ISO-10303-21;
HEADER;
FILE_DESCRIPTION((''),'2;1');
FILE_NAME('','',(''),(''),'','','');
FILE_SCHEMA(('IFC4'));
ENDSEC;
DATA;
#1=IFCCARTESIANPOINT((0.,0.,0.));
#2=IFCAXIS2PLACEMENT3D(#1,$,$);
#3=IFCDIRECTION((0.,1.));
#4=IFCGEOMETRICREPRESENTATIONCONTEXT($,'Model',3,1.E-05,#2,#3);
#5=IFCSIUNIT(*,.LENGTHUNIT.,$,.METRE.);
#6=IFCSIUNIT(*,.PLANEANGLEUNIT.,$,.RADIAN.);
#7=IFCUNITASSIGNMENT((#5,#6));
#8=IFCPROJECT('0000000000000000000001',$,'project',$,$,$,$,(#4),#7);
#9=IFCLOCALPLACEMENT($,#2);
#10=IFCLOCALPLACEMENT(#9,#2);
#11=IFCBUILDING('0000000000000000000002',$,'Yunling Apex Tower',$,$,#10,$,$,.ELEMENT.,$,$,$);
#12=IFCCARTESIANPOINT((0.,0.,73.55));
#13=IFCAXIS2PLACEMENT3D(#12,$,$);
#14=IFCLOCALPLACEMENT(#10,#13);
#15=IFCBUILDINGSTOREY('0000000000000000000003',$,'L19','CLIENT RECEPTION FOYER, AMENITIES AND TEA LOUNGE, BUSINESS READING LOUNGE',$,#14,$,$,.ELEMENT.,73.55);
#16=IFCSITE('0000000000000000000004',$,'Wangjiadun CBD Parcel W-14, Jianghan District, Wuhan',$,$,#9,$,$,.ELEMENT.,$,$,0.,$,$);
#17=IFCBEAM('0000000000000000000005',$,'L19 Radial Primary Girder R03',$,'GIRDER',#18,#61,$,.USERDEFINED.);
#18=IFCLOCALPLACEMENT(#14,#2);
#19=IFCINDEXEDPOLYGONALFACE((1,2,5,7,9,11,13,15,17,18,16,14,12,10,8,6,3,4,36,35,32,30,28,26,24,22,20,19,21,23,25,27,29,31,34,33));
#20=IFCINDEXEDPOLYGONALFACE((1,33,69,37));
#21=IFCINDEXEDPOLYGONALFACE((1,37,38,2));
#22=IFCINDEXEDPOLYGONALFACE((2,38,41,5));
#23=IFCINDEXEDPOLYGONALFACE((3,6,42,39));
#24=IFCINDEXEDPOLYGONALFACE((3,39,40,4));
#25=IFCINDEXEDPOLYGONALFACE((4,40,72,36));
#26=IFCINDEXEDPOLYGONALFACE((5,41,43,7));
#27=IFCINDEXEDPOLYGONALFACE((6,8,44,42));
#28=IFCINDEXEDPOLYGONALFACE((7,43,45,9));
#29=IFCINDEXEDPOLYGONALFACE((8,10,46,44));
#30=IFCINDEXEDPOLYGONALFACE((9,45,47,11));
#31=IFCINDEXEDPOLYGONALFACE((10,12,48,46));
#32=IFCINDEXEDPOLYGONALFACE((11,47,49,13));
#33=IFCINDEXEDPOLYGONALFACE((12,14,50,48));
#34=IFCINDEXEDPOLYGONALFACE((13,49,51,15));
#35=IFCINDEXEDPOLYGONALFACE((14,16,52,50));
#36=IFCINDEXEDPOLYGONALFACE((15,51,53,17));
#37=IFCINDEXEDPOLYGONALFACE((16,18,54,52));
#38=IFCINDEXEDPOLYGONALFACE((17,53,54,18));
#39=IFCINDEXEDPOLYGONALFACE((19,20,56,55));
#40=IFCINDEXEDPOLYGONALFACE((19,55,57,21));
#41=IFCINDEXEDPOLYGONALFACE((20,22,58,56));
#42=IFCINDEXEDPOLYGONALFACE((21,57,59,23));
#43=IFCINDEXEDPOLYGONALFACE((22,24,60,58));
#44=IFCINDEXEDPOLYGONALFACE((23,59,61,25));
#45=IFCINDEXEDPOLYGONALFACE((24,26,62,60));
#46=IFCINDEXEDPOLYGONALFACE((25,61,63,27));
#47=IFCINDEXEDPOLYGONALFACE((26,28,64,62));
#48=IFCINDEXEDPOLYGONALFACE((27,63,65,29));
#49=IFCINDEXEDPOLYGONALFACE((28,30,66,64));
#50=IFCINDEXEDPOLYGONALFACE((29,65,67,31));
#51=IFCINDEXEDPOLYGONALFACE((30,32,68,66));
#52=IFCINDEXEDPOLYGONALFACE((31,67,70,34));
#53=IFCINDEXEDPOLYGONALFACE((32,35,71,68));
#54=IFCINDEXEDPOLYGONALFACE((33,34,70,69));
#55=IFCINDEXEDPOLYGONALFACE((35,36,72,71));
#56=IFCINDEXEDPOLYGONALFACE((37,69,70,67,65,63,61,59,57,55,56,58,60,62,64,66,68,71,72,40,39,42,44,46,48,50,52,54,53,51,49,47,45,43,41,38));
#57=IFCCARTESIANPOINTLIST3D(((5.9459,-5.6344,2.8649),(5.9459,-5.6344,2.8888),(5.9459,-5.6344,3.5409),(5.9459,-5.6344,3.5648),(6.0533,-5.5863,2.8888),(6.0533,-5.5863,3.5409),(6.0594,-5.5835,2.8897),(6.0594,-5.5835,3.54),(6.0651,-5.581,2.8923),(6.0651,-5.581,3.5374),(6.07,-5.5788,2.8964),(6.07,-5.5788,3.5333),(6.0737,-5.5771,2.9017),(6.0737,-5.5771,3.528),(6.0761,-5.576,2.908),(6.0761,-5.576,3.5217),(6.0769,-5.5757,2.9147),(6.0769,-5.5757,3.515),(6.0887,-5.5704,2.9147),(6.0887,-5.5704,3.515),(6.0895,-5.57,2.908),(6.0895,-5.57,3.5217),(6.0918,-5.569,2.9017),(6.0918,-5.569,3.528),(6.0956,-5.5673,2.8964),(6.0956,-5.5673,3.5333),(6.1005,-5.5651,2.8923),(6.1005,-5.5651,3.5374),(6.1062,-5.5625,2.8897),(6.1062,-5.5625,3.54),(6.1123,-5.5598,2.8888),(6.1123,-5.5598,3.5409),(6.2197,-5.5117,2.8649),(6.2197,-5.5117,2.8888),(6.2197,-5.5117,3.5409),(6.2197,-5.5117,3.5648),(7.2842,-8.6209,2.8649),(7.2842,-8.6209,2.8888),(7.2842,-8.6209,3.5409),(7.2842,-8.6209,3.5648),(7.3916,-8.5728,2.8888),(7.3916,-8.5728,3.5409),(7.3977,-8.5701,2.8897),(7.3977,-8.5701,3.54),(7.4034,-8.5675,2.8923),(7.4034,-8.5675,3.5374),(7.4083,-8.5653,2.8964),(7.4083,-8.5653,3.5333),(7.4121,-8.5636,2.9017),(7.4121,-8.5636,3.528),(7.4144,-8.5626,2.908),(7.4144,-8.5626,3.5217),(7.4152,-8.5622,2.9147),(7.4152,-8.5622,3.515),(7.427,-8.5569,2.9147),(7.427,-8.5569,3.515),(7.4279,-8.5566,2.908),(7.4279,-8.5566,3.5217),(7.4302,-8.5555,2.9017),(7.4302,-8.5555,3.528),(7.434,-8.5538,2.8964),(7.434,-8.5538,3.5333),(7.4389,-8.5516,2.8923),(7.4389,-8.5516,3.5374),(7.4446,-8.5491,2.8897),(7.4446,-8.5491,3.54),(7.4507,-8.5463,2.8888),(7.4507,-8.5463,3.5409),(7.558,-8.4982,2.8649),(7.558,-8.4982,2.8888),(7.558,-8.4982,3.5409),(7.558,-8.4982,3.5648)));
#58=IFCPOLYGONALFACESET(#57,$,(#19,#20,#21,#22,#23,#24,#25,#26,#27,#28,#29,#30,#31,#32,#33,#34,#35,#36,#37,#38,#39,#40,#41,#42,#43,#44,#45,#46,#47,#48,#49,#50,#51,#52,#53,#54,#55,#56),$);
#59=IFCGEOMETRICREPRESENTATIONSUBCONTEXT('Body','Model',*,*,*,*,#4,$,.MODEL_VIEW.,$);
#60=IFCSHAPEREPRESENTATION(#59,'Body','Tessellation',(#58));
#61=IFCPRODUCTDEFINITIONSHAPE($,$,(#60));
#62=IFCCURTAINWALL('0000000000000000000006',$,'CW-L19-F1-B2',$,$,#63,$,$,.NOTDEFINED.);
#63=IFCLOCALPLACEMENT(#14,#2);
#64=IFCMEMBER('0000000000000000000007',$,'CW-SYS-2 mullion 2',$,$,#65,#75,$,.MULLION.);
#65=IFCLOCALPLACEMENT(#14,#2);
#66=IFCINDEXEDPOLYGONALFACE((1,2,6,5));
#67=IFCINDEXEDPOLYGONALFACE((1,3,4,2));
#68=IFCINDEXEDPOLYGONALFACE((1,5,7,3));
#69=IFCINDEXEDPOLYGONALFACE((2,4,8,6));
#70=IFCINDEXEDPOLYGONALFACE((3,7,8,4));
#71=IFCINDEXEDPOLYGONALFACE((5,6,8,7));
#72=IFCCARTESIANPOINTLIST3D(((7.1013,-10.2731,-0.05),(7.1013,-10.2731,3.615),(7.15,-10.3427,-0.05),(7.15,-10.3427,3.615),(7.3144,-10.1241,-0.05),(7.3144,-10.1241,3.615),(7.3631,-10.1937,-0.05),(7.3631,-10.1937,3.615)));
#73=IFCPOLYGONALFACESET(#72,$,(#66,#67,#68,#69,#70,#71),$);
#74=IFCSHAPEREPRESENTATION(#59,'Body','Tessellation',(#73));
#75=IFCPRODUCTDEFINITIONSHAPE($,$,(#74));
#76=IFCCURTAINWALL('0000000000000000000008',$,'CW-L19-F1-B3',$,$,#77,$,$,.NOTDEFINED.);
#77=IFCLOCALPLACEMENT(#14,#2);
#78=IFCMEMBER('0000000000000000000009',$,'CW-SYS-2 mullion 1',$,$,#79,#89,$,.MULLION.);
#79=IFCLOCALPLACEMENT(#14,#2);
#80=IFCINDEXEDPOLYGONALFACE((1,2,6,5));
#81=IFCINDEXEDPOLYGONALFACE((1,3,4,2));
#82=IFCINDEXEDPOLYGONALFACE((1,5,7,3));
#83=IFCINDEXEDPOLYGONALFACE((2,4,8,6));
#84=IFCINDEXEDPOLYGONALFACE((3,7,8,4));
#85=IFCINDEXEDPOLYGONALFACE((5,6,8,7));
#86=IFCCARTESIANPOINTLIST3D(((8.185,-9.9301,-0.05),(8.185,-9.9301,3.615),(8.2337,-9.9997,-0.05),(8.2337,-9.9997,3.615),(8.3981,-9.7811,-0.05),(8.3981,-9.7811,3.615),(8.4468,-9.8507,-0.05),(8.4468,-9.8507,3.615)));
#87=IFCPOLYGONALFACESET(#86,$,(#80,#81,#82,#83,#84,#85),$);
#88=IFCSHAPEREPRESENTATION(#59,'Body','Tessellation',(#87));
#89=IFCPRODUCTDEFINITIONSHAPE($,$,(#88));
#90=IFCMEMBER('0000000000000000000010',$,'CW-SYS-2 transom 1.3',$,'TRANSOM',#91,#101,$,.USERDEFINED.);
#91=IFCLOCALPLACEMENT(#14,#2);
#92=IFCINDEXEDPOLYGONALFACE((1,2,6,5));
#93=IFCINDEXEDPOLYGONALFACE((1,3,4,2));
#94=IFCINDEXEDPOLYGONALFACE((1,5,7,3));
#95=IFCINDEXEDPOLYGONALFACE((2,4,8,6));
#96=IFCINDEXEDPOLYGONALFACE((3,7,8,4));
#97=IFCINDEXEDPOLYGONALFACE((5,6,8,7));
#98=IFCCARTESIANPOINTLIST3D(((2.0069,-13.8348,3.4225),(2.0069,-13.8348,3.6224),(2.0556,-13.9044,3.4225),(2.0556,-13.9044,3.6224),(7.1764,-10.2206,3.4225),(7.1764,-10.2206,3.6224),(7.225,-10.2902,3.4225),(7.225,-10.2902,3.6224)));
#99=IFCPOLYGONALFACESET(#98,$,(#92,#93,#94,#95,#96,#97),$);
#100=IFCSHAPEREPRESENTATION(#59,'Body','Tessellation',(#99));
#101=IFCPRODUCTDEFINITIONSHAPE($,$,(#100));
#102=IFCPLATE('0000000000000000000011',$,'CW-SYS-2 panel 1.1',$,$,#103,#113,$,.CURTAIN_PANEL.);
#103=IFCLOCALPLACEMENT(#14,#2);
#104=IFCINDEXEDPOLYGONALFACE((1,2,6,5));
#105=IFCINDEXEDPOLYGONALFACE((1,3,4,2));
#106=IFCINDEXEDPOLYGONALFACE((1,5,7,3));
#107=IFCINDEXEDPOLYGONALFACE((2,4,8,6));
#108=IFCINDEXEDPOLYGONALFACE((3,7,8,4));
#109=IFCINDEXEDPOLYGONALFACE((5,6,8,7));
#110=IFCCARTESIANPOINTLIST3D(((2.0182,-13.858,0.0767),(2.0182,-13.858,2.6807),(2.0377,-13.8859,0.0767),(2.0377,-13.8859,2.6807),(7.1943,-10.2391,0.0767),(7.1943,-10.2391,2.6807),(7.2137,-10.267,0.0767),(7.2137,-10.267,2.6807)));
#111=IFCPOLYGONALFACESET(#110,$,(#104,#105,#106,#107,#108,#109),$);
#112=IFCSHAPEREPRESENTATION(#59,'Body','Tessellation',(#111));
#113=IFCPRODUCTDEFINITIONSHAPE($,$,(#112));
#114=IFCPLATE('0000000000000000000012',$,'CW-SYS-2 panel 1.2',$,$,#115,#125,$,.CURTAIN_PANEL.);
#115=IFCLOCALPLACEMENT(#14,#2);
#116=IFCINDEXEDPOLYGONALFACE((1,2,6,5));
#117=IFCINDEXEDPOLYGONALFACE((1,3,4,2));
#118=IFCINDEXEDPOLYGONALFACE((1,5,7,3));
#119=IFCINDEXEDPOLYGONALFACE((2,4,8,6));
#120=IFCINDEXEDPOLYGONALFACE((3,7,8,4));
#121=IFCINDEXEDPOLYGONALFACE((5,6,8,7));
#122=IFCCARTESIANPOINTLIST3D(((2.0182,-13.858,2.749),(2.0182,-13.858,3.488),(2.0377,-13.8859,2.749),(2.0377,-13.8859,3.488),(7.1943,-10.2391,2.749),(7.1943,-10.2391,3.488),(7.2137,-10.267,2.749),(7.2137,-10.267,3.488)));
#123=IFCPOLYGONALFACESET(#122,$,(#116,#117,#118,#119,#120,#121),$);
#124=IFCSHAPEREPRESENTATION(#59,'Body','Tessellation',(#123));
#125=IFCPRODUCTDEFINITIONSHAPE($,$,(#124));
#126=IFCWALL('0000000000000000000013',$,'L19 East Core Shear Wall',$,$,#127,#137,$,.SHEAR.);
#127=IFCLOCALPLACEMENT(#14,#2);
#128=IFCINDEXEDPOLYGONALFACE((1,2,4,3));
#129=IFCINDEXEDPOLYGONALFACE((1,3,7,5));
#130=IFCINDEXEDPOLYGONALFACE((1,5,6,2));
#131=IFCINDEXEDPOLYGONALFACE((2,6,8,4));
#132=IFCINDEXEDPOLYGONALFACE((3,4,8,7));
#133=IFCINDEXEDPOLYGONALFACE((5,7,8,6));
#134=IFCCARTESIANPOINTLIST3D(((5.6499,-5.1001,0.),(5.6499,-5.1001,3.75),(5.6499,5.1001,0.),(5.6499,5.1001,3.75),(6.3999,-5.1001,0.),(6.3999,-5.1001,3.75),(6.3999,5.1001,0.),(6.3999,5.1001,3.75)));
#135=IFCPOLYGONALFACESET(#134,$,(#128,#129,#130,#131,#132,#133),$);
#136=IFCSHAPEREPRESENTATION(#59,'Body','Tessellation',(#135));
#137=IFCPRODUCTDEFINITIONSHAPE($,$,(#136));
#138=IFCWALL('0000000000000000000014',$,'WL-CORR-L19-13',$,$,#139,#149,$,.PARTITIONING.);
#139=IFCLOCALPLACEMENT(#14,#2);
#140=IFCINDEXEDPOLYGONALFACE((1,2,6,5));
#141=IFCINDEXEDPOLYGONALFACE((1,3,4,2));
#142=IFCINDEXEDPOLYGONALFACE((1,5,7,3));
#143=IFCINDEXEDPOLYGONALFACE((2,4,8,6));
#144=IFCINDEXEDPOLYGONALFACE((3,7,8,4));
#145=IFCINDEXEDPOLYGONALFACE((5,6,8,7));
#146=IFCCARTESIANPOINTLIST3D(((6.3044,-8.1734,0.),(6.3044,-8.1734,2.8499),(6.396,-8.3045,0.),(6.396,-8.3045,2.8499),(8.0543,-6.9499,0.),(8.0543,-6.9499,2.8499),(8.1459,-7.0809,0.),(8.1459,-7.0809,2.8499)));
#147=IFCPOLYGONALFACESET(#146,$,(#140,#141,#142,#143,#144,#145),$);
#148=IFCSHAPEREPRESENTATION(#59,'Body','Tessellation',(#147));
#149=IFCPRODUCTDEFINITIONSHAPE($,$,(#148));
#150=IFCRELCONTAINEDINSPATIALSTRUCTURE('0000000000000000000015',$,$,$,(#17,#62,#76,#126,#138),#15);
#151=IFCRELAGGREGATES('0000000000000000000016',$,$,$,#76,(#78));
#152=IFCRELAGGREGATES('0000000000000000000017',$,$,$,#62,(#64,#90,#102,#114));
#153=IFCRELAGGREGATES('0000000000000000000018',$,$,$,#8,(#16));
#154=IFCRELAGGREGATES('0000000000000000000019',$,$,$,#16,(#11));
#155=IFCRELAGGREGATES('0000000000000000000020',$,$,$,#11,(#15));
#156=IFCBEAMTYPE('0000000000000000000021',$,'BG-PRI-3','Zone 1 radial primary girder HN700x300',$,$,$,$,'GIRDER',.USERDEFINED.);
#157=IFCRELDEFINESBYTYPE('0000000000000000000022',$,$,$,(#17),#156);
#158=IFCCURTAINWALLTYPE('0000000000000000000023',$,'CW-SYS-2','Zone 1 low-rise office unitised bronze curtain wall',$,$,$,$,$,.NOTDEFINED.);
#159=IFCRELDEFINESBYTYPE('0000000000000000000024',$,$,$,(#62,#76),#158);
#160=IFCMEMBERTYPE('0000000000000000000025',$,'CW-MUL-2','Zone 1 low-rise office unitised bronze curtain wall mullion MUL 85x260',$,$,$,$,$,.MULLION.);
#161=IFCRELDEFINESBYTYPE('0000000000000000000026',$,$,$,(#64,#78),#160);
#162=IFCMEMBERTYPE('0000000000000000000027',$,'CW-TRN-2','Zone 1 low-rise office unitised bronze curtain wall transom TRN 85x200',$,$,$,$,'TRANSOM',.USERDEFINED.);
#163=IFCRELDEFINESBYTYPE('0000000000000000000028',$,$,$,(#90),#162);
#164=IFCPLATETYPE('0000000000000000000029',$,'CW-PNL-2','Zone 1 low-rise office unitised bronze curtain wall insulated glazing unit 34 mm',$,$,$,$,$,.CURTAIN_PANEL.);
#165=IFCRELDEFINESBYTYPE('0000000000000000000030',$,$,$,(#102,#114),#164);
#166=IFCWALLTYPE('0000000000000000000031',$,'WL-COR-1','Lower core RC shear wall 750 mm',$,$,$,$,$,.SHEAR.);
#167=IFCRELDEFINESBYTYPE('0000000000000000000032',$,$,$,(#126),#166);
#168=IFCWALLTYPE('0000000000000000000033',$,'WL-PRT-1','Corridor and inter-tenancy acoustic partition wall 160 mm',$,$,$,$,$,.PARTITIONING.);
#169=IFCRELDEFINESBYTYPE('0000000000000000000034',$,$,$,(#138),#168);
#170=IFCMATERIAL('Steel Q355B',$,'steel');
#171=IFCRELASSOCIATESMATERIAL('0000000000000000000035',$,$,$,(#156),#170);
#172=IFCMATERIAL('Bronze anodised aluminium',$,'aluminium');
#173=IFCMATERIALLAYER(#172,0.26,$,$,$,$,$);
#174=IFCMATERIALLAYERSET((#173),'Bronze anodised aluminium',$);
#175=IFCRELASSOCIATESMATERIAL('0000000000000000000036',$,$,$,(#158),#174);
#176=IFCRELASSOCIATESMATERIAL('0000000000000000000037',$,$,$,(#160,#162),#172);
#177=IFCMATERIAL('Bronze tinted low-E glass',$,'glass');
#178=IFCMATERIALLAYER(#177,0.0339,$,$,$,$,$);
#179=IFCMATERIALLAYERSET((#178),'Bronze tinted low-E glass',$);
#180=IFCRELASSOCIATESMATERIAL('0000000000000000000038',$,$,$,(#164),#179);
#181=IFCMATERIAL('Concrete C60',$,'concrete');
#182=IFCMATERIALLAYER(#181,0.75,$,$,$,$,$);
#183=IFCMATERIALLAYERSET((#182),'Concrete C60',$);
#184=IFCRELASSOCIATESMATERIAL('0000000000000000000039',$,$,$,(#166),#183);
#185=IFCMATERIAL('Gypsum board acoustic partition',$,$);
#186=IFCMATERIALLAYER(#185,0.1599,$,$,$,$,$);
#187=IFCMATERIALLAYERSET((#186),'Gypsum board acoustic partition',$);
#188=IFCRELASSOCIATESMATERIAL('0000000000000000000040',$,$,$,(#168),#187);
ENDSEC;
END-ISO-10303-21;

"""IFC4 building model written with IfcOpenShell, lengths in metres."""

from ifc_helpers import new_model, si_unit, direction, frame, frame_2d, origin, origin_2d, place, context, subcontext, project, spatial, rectangle, i_section, extrude, source, transform, mapped, material, layer, layer_set, material_profile, profile_set, type_object, element, aggregate, save


model = new_model("IFC4")

# Units and contexts
model_context = context("Model", 3, precision=1e-05, world=origin(), true_north=direction((0.0, 1.0)))
body_context = subcontext(model_context, "Body", "Model", "MODEL_VIEW")
ifc_project = project(units=[si_unit("LENGTHUNIT", "METRE"), si_unit("PLANEANGLEUNIT", "RADIAN")], contexts=[model_context])

# Site, building, storey
site_placement = place(None, origin())
site = spatial("IfcSite", under=ifc_project, at=site_placement, Name="Wangjiadun CBD Parcel W-14, Jianghan District, Wuhan", CompositionType="ELEMENT", RefElevation=0.0)
building_placement = place(site_placement, origin())
building = spatial("IfcBuilding", under=site, at=building_placement, Name="Yunling Apex Tower", CompositionType="ELEMENT")
storey_placement = place(building_placement, frame((0.0, 0.0, 73.55)))
storey = spatial("IfcBuildingStorey", under=building, at=storey_placement, Name="L19", Description="CLIENT RECEPTION FOYER, AMENITIES AND TEA LOUNGE, BUSINESS READING LOUNGE", CompositionType="ELEMENT", Elevation=73.55)

# Shared definitions
ifc_material_1 = material(Name="Concrete C60", Category="concrete")

# Beam
ifc_material_2 = material(Name="Steel Q355B", Category="steel")
ifc_material_profile_1 = material_profile(ifc_material_2, i_section(OverallWidth=0.3, OverallDepth=0.7, WebThickness=0.0129, FlangeThickness=0.0239, FilletRadius=0.0259, at=origin_2d()))
ifc_profile_set_1 = profile_set([ifc_material_profile_1], Name="Steel Q355B")
beam_type = type_object("IfcBeamType", Name="BG-PRI-3", Description="Zone 1 radial primary girder HN700x300", ElementType="GIRDER", PredefinedType="USERDEFINED", material=ifc_profile_set_1)
shared_shape_1 = source(origin(), body_context, "Body", "SweptSolid", [
    extrude(i_section(OverallWidth=0.3, OverallDepth=0.7, WebThickness=0.0129, FlangeThickness=0.0239, FilletRadius=0.0259, at=origin_2d()), origin(), (0.0, 0.0, 1.0), 3.2727),
])
beam_1_placement = place(storey_placement, frame((7.4211, -8.5596, 3.2148), z_axis=(-0.408947, 0.912558, 0.0), x_axis=(-0.912558, -0.408947, 0.0)))
element("IfcBeam", 1, at=beam_1_placement, inside=storey, type_object=beam_type, Name="L19 Radial Primary Girder R03", ObjectType="GIRDER", PredefinedType="USERDEFINED", context=body_context, shape_type="MappedRepresentation", body=[
    mapped(shared_shape_1, transform((0.0, 0.0, 0.0), scale=1.0)),
])

# Curtain walls, members
ifc_material_3 = material(Name="Bronze anodised aluminium", Category="aluminium")
ifc_layer_1 = layer(ifc_material_3, 0.26)
ifc_layer_set_1 = layer_set([ifc_layer_1], Name="Bronze anodised aluminium")
curtain_wall_type = type_object("IfcCurtainWallType", Name="CW-SYS-2", Description="Zone 1 low-rise office unitised bronze curtain wall", PredefinedType="NOTDEFINED", material=ifc_layer_set_1)
curtain_wall_1_placement = place(storey_placement, origin())
curtain_wall_1 = element("IfcCurtainWall", 2, at=curtain_wall_1_placement, inside=storey, type_object=curtain_wall_type, Name="CW-L19-F1-B2", PredefinedType="NOTDEFINED")
ifc_material_profile_2 = material_profile(ifc_material_3, rectangle(XDim=0.085, YDim=0.26, at=origin_2d()))
ifc_profile_set_2 = profile_set([ifc_material_profile_2], Name="Bronze anodised aluminium")
member_type_1 = type_object("IfcMemberType", Name="CW-MUL-2", Description="Zone 1 low-rise office unitised bronze curtain wall mullion MUL 85x260", PredefinedType="MULLION", material=ifc_profile_set_2)
shared_shape_2 = source(origin(), body_context, "Body", "SweptSolid", [
    extrude(rectangle(XDim=0.085, YDim=0.26, at=origin_2d()), origin(), (0.0, 0.0, 1.0), 3.665),
])
member_1_placement = place(storey_placement, frame((7.2322, -10.2334, -0.05), z_axis=(0.0, 0.0, 1.0), x_axis=(-0.573003, 0.819553, 0.0)))
member_1 = element("IfcMember", 3, at=member_1_placement, type_object=member_type_1, Name="CW-SYS-2 mullion 2", PredefinedType="MULLION", context=body_context, shape_type="MappedRepresentation", body=[
    mapped(shared_shape_2, transform((0.0, 0.0, 0.0), scale=1.0)),
])
curtain_wall_2_placement = place(storey_placement, origin())
curtain_wall_2 = element("IfcCurtainWall", 4, at=curtain_wall_2_placement, inside=storey, type_object=curtain_wall_type, Name="CW-L19-F1-B3", PredefinedType="NOTDEFINED")
member_2_placement = place(storey_placement, frame((8.3159, -9.8904, -0.05), z_axis=(0.0, 0.0, 1.0), x_axis=(-0.572996, 0.819558, 0.0)))
member_2 = element("IfcMember", 5, at=member_2_placement, type_object=member_type_1, Name="CW-SYS-2 mullion 1", PredefinedType="MULLION", context=body_context, shape_type="MappedRepresentation", body=[
    mapped(shared_shape_2, transform((0.0, 0.0, 0.0), scale=1.0)),
])
aggregate(curtain_wall_2, [member_2])

# Member
ifc_material_profile_3 = material_profile(ifc_material_3, rectangle(XDim=0.085, YDim=0.2, at=origin_2d()))
ifc_profile_set_3 = profile_set([ifc_material_profile_3], Name="Bronze anodised aluminium")
member_type_2 = type_object("IfcMemberType", Name="CW-TRN-2", Description="Zone 1 low-rise office unitised bronze curtain wall transom TRN 85x200", ElementType="TRANSOM", PredefinedType="USERDEFINED", material=ifc_profile_set_3)
shared_shape_3 = source(origin(), body_context, "Body", "SweptSolid", [
    extrude(rectangle(XDim=0.085, YDim=0.2, at=origin_2d()), origin(), (0.0, 0.0, 1.0), 6.3076),
])
member_3_placement = place(storey_placement, frame((2.0312, -13.8696, 3.5225), z_axis=(0.819555, 0.573, 0.0), x_axis=(-0.573, 0.819555, 0.0)))
member_3 = element("IfcMember", 6, at=member_3_placement, type_object=member_type_2, Name="CW-SYS-2 transom 1.3", ObjectType="TRANSOM", PredefinedType="USERDEFINED", context=body_context, shape_type="MappedRepresentation", body=[
    mapped(shared_shape_3, transform((0.0, 0.0, 0.0), scale=1.0)),
])

# Plates
ifc_material_4 = material(Name="Bronze tinted low-E glass", Category="glass")
ifc_layer_2 = layer(ifc_material_4, 0.0339)
ifc_layer_set_2 = layer_set([ifc_layer_2], Name="Bronze tinted low-E glass")
plate_type = type_object("IfcPlateType", Name="CW-PNL-2", Description="Zone 1 low-rise office unitised bronze curtain wall insulated glazing unit 34 mm", PredefinedType="CURTAIN_PANEL", material=ifc_layer_set_2)
shared_shape_4 = source(origin(), body_context, "Body", "SweptSolid", [
    extrude(rectangle(XDim=6.3157, YDim=0.0339, at=origin_2d()), origin(), (0.0, 0.0, 1.0), 2.604),
])
plate_1_placement = place(storey_placement, frame((4.616, -12.0625, 0.0767), z_axis=(0.0, 0.0, 1.0), x_axis=(0.819553, 0.573003, 0.0)))
plate_1 = element("IfcPlate", 7, at=plate_1_placement, type_object=plate_type, Name="CW-SYS-2 panel 1.1", PredefinedType="CURTAIN_PANEL", context=body_context, shape_type="MappedRepresentation", body=[
    mapped(shared_shape_4, transform((0.0, 0.0, 0.0), scale=1.0)),
])
shared_shape_5 = source(origin(), body_context, "Body", "SweptSolid", [
    extrude(rectangle(XDim=6.3157, YDim=0.0339, at=origin_2d()), origin(), (0.0, 0.0, 1.0), 0.739),
])
plate_2_placement = place(storey_placement, frame((4.616, -12.0625, 2.749), z_axis=(0.0, 0.0, 1.0), x_axis=(0.819553, 0.573003, 0.0)))
plate_2 = element("IfcPlate", 8, at=plate_2_placement, type_object=plate_type, Name="CW-SYS-2 panel 1.2", PredefinedType="CURTAIN_PANEL", context=body_context, shape_type="MappedRepresentation", body=[
    mapped(shared_shape_5, transform((0.0, 0.0, 0.0), scale=1.0)),
])
aggregate(curtain_wall_1, [member_1, member_3, plate_1, plate_2])

# Walls
ifc_layer_3 = layer(ifc_material_1, 0.75)
ifc_layer_set_3 = layer_set([ifc_layer_3], Name="Concrete C60")
wall_type_1 = type_object("IfcWallType", Name="WL-COR-1", Description="Lower core RC shear wall 750 mm", PredefinedType="SHEAR", material=ifc_layer_set_3)
wall_1_placement = place(storey_placement, frame((6.0249, -5.1001, 0.0), z_axis=(0.0, 0.0, 1.0), x_axis=(0.0, 1.0, 0.0)))
element("IfcWall", 9, at=wall_1_placement, inside=storey, type_object=wall_type_1, Name="L19 East Core Shear Wall", PredefinedType="SHEAR", context=body_context, shape_type="SweptSolid", body=[
    extrude(rectangle(XDim=10.2002, YDim=0.75, at=frame_2d((5.1001, 0.0))), origin(), (0.0, 0.0, 1.0), 3.75),
])
ifc_material_5 = material(Name="Gypsum board acoustic partition")
ifc_layer_4 = layer(ifc_material_5, 0.1599)
ifc_layer_set_4 = layer_set([ifc_layer_4], Name="Gypsum board acoustic partition")
wall_type_2 = type_object("IfcWallType", Name="WL-PRT-1", Description="Corridor and inter-tenancy acoustic partition wall 160 mm", PredefinedType="PARTITIONING", material=ifc_layer_set_4)
wall_2_placement = place(storey_placement, frame((8.1001, -7.0154, 0.0), z_axis=(0.0, 0.0, 1.0), x_axis=(-0.819533, -0.573033, 0.0)))
element("IfcWall", 10, at=wall_2_placement, inside=storey, type_object=wall_type_2, Name="WL-CORR-L19-13", PredefinedType="PARTITIONING", context=body_context, shape_type="SweptSolid", body=[
    extrude(rectangle(XDim=2.1353, YDim=0.1599, at=frame_2d((1.0676, 0.0))), origin(), (0.0, 0.0, 1.0), 2.8499),
])

save(model, "model.ifc")
